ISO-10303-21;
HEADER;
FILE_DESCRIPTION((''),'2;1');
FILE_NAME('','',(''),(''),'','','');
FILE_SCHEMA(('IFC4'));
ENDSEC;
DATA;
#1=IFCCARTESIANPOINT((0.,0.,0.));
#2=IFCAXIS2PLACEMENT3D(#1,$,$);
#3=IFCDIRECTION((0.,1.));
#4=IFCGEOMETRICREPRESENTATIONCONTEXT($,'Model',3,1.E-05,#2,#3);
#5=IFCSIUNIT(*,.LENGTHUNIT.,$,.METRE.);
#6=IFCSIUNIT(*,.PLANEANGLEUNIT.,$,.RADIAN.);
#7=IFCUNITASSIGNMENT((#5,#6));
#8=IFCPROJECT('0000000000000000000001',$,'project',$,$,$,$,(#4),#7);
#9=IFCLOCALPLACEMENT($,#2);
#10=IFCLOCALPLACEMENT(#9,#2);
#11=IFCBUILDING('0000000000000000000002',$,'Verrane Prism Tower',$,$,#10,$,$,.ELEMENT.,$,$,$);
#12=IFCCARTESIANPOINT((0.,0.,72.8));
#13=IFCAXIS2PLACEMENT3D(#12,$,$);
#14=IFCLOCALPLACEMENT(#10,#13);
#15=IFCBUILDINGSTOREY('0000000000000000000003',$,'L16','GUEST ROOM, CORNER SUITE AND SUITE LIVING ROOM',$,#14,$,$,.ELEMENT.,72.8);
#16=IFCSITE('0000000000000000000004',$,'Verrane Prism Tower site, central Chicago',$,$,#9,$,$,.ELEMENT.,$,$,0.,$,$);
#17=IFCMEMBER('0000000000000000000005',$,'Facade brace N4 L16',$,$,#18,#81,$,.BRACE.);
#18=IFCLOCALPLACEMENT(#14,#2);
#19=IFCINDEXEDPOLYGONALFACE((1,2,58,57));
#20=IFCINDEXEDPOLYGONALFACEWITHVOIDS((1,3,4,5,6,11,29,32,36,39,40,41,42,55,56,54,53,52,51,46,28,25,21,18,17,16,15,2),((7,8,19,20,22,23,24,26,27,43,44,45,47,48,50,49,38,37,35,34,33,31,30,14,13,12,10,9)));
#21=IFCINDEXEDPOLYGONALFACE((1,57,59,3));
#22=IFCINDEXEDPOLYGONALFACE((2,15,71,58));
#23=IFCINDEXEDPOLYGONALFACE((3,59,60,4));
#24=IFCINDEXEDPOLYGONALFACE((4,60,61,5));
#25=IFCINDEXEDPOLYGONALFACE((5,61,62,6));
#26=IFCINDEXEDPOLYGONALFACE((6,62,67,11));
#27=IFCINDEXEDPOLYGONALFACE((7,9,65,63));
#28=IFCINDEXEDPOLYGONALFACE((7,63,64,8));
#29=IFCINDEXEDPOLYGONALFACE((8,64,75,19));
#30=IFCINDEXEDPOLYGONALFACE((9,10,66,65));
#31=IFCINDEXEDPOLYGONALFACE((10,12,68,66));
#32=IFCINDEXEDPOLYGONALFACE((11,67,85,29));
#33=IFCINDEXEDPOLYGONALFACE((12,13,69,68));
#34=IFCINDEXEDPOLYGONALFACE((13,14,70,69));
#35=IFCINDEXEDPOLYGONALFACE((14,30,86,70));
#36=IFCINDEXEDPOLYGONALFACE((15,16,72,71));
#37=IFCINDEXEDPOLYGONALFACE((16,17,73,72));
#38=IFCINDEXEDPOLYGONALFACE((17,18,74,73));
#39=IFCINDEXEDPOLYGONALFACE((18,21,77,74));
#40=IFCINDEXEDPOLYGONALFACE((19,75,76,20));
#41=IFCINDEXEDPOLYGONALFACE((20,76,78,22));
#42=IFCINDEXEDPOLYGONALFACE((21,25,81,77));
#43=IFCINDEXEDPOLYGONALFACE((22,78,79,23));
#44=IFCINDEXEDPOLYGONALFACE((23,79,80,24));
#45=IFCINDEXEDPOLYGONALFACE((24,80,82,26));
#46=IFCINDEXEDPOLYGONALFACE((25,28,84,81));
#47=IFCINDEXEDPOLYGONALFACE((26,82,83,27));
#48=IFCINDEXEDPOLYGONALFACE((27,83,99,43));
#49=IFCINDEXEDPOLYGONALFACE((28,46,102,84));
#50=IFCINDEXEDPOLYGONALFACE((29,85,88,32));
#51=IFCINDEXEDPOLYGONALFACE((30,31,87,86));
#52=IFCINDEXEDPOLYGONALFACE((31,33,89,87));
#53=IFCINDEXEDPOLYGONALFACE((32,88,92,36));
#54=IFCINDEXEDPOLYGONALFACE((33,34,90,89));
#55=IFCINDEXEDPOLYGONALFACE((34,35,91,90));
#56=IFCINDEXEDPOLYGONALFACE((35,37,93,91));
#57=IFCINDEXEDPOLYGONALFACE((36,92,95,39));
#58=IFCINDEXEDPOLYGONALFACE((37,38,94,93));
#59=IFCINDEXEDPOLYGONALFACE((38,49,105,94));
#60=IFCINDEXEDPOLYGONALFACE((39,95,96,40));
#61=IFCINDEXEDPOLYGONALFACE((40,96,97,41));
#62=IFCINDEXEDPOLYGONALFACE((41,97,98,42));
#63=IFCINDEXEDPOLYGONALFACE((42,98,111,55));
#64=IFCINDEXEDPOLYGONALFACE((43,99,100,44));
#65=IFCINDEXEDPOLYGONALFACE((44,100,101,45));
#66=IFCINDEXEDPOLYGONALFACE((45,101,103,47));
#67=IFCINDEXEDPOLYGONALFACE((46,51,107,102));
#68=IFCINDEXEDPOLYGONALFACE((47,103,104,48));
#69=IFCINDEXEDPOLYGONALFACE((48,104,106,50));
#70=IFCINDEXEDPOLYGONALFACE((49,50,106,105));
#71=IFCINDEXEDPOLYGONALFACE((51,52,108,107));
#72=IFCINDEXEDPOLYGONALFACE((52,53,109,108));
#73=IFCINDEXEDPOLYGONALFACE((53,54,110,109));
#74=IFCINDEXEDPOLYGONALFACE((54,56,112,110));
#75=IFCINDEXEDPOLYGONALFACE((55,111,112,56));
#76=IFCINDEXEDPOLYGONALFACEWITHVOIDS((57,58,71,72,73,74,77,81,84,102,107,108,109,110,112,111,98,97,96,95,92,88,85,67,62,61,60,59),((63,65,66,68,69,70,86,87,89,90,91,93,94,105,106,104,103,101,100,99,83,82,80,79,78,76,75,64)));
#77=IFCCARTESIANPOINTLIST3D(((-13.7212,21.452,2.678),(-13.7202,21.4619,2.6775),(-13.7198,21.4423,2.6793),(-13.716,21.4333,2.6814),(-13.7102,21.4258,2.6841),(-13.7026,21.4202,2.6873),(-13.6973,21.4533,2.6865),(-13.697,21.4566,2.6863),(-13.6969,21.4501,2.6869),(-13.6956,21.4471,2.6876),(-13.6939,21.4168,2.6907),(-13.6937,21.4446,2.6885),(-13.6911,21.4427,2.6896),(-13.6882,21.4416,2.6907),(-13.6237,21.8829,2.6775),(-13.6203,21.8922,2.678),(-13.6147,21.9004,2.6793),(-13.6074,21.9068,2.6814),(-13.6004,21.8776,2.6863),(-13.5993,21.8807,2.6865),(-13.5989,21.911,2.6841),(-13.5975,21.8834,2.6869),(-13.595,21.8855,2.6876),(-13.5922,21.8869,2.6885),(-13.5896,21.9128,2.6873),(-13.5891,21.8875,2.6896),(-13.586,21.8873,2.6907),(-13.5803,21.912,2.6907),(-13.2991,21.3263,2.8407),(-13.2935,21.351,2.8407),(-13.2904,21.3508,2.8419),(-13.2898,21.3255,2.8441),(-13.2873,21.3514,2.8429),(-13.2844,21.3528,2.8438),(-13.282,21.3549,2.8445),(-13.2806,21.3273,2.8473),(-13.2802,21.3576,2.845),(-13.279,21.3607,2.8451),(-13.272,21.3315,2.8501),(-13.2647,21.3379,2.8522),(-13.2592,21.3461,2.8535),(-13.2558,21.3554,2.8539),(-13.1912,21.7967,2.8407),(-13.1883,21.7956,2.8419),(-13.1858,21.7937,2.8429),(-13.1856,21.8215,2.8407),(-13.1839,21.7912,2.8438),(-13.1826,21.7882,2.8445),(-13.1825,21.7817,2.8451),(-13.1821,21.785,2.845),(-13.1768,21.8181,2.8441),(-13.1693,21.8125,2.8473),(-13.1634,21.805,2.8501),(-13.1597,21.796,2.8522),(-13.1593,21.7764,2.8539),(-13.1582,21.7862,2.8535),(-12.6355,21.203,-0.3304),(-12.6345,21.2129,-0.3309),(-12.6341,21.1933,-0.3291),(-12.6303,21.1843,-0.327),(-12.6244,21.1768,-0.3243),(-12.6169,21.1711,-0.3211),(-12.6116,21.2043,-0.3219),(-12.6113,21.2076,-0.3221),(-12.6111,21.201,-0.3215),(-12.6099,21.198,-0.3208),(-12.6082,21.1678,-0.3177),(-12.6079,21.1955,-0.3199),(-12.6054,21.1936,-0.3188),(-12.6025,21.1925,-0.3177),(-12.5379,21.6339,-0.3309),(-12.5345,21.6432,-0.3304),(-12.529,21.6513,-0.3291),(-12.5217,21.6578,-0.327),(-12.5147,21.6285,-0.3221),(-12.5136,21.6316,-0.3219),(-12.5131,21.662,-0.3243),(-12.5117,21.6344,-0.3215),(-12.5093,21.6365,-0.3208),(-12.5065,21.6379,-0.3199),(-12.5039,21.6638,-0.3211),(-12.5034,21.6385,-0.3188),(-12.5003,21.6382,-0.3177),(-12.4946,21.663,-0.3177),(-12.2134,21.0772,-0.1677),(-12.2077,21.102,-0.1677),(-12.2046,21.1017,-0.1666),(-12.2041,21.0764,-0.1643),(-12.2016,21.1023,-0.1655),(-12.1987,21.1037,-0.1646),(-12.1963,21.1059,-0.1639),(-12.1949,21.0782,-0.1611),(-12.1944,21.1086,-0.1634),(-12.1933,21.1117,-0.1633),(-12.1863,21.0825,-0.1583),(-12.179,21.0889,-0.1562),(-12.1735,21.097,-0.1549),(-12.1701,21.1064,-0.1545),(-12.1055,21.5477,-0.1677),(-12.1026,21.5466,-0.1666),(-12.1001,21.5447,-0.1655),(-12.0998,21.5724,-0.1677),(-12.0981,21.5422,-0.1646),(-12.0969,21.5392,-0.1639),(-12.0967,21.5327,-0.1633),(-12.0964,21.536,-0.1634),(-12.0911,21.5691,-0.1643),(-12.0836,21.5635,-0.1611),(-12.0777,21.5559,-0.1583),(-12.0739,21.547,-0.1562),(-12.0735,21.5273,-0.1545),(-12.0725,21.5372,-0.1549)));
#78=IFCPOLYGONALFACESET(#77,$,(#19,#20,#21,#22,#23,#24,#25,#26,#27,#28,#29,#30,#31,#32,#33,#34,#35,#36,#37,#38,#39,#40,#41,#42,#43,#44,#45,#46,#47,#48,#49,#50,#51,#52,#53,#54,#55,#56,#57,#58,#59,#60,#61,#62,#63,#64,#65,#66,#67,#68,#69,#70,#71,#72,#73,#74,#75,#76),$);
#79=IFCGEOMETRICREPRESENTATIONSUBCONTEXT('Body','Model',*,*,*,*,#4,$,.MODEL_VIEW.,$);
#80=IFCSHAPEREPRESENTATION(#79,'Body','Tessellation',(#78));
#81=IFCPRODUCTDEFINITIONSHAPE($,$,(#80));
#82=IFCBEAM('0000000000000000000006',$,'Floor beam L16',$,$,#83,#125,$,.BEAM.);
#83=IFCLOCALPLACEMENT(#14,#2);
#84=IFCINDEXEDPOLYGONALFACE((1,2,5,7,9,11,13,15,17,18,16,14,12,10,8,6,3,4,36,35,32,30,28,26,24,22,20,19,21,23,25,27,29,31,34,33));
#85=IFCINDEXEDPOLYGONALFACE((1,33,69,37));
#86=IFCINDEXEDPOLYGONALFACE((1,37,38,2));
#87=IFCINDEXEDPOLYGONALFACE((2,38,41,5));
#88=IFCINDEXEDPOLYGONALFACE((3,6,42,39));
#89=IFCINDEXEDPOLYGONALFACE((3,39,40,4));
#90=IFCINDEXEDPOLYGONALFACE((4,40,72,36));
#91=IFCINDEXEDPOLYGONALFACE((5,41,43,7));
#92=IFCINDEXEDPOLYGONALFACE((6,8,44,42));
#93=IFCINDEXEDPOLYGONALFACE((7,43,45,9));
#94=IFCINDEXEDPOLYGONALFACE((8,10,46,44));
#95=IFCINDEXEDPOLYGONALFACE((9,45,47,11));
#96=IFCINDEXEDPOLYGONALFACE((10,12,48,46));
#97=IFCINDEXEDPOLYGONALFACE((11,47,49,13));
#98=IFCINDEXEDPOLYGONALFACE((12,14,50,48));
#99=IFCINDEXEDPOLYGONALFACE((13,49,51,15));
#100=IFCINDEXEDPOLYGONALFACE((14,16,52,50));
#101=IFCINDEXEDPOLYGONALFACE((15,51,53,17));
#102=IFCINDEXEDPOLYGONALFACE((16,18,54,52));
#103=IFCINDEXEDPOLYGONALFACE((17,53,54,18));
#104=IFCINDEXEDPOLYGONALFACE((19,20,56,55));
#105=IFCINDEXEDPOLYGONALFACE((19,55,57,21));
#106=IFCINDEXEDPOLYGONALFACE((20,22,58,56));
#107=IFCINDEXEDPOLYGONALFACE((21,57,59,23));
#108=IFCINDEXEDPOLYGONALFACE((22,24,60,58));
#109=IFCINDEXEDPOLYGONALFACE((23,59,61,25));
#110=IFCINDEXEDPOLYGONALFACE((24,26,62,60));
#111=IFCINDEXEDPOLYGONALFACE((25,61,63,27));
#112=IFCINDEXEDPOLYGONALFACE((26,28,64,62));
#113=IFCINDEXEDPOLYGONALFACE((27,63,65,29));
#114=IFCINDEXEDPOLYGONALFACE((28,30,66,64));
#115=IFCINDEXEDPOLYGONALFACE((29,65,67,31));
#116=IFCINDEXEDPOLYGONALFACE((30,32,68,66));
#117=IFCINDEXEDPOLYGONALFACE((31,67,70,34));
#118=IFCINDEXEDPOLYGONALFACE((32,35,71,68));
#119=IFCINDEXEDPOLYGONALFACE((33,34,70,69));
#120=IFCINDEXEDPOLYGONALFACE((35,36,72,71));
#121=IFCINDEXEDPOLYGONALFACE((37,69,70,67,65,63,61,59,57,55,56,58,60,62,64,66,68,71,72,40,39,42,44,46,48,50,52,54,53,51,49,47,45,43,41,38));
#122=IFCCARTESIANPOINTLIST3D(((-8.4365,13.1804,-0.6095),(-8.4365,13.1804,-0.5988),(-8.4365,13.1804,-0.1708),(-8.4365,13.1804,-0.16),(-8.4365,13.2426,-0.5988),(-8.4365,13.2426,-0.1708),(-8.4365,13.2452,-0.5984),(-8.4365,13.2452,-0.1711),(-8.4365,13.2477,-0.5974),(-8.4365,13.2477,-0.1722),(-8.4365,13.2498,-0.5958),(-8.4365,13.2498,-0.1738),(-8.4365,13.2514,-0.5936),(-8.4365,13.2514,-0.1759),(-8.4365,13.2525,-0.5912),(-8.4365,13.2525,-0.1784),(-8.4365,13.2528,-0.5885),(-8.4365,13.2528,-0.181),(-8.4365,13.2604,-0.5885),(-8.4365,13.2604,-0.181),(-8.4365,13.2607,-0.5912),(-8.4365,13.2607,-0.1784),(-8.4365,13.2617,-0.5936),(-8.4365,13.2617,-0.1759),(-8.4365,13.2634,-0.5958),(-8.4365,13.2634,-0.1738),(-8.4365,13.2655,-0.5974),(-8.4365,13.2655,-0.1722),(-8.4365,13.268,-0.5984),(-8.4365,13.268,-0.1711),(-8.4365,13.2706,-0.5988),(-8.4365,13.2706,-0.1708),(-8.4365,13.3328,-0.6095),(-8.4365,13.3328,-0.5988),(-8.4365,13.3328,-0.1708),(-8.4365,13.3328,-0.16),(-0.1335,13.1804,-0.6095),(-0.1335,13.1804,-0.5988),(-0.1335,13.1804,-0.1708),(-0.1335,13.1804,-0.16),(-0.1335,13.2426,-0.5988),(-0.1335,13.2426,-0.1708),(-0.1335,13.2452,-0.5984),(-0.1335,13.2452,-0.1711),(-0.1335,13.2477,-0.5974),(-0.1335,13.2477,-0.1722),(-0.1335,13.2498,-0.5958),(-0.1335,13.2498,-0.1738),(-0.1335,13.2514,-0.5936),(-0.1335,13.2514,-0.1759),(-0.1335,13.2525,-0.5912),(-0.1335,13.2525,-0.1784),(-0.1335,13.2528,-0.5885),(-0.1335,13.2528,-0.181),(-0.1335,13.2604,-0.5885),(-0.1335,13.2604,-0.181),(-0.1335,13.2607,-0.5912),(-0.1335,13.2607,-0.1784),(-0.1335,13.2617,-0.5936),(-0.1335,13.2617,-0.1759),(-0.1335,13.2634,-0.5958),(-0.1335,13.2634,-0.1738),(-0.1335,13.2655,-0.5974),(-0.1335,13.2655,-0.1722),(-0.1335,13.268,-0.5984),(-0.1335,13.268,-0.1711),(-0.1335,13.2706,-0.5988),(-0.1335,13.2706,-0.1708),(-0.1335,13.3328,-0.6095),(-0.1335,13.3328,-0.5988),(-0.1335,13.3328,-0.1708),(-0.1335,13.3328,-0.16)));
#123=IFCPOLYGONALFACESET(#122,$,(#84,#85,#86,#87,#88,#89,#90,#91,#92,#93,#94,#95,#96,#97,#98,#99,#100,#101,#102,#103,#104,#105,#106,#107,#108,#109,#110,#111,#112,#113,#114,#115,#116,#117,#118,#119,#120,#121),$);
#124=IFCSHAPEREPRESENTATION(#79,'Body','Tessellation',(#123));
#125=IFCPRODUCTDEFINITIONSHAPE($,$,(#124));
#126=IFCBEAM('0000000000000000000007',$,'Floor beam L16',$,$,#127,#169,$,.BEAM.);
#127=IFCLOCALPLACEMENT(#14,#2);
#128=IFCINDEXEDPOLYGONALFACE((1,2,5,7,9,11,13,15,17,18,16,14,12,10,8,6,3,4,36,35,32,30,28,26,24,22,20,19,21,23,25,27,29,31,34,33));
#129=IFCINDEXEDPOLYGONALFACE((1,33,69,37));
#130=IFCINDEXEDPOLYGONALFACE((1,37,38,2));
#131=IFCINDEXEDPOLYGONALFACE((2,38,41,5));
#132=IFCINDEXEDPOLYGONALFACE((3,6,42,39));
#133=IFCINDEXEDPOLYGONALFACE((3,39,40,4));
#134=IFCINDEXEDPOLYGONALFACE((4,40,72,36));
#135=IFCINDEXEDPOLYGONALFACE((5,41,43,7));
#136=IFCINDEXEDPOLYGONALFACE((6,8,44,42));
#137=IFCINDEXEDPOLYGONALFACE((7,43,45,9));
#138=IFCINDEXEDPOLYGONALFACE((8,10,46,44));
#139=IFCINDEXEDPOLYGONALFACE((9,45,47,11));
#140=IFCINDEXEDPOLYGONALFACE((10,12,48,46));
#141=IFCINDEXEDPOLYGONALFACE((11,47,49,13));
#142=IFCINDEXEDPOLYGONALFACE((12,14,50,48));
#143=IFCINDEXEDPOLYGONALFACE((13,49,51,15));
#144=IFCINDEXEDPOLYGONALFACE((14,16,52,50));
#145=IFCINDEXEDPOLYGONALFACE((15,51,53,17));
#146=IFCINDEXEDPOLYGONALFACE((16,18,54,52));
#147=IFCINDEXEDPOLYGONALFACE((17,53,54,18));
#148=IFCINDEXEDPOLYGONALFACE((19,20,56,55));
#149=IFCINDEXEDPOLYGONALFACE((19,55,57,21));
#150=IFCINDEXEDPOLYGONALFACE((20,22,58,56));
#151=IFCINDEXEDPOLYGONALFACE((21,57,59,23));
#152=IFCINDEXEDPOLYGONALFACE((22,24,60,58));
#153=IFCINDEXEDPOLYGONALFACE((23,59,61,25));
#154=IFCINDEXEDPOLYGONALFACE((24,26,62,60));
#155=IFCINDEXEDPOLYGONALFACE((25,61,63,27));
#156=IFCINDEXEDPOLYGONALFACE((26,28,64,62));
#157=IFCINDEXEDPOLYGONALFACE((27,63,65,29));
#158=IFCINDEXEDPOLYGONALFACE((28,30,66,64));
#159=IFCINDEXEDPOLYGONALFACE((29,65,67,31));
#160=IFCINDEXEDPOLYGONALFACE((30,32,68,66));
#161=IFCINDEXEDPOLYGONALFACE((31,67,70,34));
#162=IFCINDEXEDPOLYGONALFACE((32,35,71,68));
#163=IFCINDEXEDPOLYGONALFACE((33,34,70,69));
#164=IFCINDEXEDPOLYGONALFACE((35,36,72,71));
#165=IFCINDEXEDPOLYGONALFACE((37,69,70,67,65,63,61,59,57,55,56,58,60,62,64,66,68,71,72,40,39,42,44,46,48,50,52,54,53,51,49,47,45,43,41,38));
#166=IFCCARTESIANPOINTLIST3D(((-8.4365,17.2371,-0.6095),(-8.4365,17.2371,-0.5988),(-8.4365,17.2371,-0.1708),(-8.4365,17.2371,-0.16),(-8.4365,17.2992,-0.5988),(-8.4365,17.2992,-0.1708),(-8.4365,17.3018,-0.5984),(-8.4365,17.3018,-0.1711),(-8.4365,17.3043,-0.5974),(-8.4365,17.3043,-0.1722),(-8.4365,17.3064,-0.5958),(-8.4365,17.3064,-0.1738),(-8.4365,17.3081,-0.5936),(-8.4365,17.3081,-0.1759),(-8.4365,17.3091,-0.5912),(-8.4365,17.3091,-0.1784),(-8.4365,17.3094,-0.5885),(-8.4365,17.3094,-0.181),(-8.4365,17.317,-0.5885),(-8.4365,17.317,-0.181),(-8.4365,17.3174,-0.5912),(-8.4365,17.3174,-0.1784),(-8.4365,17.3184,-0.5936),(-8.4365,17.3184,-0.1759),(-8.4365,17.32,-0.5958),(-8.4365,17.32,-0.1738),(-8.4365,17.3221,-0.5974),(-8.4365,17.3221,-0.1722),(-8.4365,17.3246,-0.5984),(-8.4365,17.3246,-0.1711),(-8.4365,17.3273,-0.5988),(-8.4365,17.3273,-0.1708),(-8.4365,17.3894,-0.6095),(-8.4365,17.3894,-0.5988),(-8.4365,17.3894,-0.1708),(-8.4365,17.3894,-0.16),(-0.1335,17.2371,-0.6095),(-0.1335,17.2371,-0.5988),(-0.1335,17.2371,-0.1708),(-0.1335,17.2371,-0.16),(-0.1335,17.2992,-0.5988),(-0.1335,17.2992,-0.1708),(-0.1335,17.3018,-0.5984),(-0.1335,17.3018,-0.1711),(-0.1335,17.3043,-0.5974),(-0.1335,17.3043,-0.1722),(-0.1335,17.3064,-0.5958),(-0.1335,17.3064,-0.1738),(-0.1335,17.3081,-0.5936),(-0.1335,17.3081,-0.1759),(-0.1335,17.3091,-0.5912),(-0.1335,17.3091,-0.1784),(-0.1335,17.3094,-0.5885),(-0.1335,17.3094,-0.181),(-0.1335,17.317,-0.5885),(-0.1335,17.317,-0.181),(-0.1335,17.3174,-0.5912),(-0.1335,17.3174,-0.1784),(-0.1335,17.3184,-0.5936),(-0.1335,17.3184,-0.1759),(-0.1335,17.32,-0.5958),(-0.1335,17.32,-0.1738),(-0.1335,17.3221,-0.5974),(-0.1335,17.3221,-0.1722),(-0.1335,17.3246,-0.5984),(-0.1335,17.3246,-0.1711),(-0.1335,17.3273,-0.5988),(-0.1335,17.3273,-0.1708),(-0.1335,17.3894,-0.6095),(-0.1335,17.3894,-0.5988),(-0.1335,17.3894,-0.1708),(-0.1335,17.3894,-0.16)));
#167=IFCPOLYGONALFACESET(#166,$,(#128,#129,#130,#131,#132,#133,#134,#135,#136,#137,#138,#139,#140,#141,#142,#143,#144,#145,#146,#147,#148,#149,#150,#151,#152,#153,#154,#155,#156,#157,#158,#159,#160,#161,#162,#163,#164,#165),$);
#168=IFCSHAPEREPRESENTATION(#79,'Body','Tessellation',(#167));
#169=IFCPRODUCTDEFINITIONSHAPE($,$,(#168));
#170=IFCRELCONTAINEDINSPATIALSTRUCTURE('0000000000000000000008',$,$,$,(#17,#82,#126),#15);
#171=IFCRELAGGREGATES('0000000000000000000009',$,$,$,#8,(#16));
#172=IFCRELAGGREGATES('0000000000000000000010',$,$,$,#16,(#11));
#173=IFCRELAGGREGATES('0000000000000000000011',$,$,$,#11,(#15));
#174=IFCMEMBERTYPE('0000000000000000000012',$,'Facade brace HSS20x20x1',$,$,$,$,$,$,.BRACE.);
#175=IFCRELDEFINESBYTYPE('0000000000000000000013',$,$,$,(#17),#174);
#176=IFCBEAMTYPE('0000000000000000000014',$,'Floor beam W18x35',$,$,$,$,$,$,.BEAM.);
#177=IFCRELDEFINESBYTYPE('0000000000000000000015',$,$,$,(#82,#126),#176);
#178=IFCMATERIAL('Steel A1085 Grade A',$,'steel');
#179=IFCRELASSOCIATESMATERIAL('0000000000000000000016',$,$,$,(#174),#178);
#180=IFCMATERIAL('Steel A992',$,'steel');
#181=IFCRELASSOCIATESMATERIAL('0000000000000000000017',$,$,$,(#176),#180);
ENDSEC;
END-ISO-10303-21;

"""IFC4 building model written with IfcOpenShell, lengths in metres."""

from ifc_helpers import new_model, si_unit, direction, frame, origin, origin_2d, place, context, subcontext, project, spatial, hollow_rectangle, i_section, extrude, material, material_profile, profile_set, type_object, element, save


model = new_model("IFC4")

# Units and contexts
model_context = context("Model", 3, precision=1e-05, world=origin(), true_north=direction((0.0, 1.0)))
body_context = subcontext(model_context, "Body", "Model", "MODEL_VIEW")
ifc_project = project(units=[si_unit("LENGTHUNIT", "METRE"), si_unit("PLANEANGLEUNIT", "RADIAN")], contexts=[model_context])

# Site, building, storey
site_placement = place(None, origin())
site = spatial("IfcSite", under=ifc_project, at=site_placement, Name="Verrane Prism Tower site, central Chicago", CompositionType="ELEMENT", RefElevation=0.0)
building_placement = place(site_placement, origin())
building = spatial("IfcBuilding", under=site, at=building_placement, Name="Verrane Prism Tower", CompositionType="ELEMENT")
storey_placement = place(building_placement, frame((0.0, 0.0, 72.8)))
storey = spatial("IfcBuildingStorey", under=building, at=storey_placement, Name="L16", Description="GUEST ROOM, CORNER SUITE AND SUITE LIVING ROOM", CompositionType="ELEMENT", Elevation=72.8)

# Member
ifc_material_1 = material(Name="Steel A1085 Grade A", Category="steel")
ifc_material_profile_1 = material_profile(ifc_material_1, hollow_rectangle(XDim=0.5081, YDim=0.5081, WallThickness=0.0254, InnerFilletRadius=0.0127, OuterFilletRadius=0.0381, at=origin_2d()), Name="HSS20x20x1")
ifc_profile_set_1 = profile_set([ifc_material_profile_1], Name="Steel A1085 Grade A")
member_type_1 = type_object("IfcMemberType", Name="Facade brace HSS20x20x1", PredefinedType="BRACE", material=ifc_profile_set_1)
member_1_placement = place(storey_placement, frame((-12.354, 21.3701, -0.2427), z_axis=(-0.338444, 0.077628, 0.937779), x_axis=(-0.223563, -0.97469, 0.0)))
element("IfcMember", 1, at=member_1_placement, inside=storey, type_object=member_type_1, Name="Facade brace N4 L16", PredefinedType="BRACE", context=body_context, shape_type="SweptSolid", body=[
    extrude(hollow_rectangle(XDim=0.5081, YDim=0.5081, WallThickness=0.0254, InnerFilletRadius=0.0127, OuterFilletRadius=0.0381, at=origin_2d()), origin(), (0.0, 0.0, 1.0), 3.208),
])

# Beams
ifc_material_2 = material(Name="Steel A992", Category="steel")
ifc_material_profile_2 = material_profile(ifc_material_2, i_section(OverallWidth=0.1523, OverallDepth=0.4495, WebThickness=0.0076, FlangeThickness=0.0107, FilletRadius=0.0103, at=origin_2d()), Name="W18x35")
ifc_profile_set_2 = profile_set([ifc_material_profile_2], Name="Steel A992")
beam_type_1 = type_object("IfcBeamType", Name="Floor beam W18x35", PredefinedType="BEAM", material=ifc_profile_set_2)
for number, where, z_axis, x_axis, name in (
    (2, (-8.4365, 13.2566, -0.3848), (1.0, 0.0, 0.0), (0.0, 1.0, 0.0), "Floor beam L16"),
    (3, (-8.4365, 17.3132, -0.3848), (1.0, 0.0, 0.0), (0.0, 1.0, 0.0), "Floor beam L16"),
):
    element("IfcBeam", number, at=place(storey_placement, frame(where, z_axis=z_axis, x_axis=x_axis)), inside=storey, type_object=beam_type_1, Name=name, PredefinedType="BEAM", context=body_context, shape_type="SweptSolid", body=[
        extrude(i_section(OverallWidth=0.1523, OverallDepth=0.4495, WebThickness=0.0076, FlangeThickness=0.0107, FilletRadius=0.0103, at=origin_2d()), origin(), (0.0, 0.0, 1.0), 8.303),
    ])

save(model, "model.ifc")
